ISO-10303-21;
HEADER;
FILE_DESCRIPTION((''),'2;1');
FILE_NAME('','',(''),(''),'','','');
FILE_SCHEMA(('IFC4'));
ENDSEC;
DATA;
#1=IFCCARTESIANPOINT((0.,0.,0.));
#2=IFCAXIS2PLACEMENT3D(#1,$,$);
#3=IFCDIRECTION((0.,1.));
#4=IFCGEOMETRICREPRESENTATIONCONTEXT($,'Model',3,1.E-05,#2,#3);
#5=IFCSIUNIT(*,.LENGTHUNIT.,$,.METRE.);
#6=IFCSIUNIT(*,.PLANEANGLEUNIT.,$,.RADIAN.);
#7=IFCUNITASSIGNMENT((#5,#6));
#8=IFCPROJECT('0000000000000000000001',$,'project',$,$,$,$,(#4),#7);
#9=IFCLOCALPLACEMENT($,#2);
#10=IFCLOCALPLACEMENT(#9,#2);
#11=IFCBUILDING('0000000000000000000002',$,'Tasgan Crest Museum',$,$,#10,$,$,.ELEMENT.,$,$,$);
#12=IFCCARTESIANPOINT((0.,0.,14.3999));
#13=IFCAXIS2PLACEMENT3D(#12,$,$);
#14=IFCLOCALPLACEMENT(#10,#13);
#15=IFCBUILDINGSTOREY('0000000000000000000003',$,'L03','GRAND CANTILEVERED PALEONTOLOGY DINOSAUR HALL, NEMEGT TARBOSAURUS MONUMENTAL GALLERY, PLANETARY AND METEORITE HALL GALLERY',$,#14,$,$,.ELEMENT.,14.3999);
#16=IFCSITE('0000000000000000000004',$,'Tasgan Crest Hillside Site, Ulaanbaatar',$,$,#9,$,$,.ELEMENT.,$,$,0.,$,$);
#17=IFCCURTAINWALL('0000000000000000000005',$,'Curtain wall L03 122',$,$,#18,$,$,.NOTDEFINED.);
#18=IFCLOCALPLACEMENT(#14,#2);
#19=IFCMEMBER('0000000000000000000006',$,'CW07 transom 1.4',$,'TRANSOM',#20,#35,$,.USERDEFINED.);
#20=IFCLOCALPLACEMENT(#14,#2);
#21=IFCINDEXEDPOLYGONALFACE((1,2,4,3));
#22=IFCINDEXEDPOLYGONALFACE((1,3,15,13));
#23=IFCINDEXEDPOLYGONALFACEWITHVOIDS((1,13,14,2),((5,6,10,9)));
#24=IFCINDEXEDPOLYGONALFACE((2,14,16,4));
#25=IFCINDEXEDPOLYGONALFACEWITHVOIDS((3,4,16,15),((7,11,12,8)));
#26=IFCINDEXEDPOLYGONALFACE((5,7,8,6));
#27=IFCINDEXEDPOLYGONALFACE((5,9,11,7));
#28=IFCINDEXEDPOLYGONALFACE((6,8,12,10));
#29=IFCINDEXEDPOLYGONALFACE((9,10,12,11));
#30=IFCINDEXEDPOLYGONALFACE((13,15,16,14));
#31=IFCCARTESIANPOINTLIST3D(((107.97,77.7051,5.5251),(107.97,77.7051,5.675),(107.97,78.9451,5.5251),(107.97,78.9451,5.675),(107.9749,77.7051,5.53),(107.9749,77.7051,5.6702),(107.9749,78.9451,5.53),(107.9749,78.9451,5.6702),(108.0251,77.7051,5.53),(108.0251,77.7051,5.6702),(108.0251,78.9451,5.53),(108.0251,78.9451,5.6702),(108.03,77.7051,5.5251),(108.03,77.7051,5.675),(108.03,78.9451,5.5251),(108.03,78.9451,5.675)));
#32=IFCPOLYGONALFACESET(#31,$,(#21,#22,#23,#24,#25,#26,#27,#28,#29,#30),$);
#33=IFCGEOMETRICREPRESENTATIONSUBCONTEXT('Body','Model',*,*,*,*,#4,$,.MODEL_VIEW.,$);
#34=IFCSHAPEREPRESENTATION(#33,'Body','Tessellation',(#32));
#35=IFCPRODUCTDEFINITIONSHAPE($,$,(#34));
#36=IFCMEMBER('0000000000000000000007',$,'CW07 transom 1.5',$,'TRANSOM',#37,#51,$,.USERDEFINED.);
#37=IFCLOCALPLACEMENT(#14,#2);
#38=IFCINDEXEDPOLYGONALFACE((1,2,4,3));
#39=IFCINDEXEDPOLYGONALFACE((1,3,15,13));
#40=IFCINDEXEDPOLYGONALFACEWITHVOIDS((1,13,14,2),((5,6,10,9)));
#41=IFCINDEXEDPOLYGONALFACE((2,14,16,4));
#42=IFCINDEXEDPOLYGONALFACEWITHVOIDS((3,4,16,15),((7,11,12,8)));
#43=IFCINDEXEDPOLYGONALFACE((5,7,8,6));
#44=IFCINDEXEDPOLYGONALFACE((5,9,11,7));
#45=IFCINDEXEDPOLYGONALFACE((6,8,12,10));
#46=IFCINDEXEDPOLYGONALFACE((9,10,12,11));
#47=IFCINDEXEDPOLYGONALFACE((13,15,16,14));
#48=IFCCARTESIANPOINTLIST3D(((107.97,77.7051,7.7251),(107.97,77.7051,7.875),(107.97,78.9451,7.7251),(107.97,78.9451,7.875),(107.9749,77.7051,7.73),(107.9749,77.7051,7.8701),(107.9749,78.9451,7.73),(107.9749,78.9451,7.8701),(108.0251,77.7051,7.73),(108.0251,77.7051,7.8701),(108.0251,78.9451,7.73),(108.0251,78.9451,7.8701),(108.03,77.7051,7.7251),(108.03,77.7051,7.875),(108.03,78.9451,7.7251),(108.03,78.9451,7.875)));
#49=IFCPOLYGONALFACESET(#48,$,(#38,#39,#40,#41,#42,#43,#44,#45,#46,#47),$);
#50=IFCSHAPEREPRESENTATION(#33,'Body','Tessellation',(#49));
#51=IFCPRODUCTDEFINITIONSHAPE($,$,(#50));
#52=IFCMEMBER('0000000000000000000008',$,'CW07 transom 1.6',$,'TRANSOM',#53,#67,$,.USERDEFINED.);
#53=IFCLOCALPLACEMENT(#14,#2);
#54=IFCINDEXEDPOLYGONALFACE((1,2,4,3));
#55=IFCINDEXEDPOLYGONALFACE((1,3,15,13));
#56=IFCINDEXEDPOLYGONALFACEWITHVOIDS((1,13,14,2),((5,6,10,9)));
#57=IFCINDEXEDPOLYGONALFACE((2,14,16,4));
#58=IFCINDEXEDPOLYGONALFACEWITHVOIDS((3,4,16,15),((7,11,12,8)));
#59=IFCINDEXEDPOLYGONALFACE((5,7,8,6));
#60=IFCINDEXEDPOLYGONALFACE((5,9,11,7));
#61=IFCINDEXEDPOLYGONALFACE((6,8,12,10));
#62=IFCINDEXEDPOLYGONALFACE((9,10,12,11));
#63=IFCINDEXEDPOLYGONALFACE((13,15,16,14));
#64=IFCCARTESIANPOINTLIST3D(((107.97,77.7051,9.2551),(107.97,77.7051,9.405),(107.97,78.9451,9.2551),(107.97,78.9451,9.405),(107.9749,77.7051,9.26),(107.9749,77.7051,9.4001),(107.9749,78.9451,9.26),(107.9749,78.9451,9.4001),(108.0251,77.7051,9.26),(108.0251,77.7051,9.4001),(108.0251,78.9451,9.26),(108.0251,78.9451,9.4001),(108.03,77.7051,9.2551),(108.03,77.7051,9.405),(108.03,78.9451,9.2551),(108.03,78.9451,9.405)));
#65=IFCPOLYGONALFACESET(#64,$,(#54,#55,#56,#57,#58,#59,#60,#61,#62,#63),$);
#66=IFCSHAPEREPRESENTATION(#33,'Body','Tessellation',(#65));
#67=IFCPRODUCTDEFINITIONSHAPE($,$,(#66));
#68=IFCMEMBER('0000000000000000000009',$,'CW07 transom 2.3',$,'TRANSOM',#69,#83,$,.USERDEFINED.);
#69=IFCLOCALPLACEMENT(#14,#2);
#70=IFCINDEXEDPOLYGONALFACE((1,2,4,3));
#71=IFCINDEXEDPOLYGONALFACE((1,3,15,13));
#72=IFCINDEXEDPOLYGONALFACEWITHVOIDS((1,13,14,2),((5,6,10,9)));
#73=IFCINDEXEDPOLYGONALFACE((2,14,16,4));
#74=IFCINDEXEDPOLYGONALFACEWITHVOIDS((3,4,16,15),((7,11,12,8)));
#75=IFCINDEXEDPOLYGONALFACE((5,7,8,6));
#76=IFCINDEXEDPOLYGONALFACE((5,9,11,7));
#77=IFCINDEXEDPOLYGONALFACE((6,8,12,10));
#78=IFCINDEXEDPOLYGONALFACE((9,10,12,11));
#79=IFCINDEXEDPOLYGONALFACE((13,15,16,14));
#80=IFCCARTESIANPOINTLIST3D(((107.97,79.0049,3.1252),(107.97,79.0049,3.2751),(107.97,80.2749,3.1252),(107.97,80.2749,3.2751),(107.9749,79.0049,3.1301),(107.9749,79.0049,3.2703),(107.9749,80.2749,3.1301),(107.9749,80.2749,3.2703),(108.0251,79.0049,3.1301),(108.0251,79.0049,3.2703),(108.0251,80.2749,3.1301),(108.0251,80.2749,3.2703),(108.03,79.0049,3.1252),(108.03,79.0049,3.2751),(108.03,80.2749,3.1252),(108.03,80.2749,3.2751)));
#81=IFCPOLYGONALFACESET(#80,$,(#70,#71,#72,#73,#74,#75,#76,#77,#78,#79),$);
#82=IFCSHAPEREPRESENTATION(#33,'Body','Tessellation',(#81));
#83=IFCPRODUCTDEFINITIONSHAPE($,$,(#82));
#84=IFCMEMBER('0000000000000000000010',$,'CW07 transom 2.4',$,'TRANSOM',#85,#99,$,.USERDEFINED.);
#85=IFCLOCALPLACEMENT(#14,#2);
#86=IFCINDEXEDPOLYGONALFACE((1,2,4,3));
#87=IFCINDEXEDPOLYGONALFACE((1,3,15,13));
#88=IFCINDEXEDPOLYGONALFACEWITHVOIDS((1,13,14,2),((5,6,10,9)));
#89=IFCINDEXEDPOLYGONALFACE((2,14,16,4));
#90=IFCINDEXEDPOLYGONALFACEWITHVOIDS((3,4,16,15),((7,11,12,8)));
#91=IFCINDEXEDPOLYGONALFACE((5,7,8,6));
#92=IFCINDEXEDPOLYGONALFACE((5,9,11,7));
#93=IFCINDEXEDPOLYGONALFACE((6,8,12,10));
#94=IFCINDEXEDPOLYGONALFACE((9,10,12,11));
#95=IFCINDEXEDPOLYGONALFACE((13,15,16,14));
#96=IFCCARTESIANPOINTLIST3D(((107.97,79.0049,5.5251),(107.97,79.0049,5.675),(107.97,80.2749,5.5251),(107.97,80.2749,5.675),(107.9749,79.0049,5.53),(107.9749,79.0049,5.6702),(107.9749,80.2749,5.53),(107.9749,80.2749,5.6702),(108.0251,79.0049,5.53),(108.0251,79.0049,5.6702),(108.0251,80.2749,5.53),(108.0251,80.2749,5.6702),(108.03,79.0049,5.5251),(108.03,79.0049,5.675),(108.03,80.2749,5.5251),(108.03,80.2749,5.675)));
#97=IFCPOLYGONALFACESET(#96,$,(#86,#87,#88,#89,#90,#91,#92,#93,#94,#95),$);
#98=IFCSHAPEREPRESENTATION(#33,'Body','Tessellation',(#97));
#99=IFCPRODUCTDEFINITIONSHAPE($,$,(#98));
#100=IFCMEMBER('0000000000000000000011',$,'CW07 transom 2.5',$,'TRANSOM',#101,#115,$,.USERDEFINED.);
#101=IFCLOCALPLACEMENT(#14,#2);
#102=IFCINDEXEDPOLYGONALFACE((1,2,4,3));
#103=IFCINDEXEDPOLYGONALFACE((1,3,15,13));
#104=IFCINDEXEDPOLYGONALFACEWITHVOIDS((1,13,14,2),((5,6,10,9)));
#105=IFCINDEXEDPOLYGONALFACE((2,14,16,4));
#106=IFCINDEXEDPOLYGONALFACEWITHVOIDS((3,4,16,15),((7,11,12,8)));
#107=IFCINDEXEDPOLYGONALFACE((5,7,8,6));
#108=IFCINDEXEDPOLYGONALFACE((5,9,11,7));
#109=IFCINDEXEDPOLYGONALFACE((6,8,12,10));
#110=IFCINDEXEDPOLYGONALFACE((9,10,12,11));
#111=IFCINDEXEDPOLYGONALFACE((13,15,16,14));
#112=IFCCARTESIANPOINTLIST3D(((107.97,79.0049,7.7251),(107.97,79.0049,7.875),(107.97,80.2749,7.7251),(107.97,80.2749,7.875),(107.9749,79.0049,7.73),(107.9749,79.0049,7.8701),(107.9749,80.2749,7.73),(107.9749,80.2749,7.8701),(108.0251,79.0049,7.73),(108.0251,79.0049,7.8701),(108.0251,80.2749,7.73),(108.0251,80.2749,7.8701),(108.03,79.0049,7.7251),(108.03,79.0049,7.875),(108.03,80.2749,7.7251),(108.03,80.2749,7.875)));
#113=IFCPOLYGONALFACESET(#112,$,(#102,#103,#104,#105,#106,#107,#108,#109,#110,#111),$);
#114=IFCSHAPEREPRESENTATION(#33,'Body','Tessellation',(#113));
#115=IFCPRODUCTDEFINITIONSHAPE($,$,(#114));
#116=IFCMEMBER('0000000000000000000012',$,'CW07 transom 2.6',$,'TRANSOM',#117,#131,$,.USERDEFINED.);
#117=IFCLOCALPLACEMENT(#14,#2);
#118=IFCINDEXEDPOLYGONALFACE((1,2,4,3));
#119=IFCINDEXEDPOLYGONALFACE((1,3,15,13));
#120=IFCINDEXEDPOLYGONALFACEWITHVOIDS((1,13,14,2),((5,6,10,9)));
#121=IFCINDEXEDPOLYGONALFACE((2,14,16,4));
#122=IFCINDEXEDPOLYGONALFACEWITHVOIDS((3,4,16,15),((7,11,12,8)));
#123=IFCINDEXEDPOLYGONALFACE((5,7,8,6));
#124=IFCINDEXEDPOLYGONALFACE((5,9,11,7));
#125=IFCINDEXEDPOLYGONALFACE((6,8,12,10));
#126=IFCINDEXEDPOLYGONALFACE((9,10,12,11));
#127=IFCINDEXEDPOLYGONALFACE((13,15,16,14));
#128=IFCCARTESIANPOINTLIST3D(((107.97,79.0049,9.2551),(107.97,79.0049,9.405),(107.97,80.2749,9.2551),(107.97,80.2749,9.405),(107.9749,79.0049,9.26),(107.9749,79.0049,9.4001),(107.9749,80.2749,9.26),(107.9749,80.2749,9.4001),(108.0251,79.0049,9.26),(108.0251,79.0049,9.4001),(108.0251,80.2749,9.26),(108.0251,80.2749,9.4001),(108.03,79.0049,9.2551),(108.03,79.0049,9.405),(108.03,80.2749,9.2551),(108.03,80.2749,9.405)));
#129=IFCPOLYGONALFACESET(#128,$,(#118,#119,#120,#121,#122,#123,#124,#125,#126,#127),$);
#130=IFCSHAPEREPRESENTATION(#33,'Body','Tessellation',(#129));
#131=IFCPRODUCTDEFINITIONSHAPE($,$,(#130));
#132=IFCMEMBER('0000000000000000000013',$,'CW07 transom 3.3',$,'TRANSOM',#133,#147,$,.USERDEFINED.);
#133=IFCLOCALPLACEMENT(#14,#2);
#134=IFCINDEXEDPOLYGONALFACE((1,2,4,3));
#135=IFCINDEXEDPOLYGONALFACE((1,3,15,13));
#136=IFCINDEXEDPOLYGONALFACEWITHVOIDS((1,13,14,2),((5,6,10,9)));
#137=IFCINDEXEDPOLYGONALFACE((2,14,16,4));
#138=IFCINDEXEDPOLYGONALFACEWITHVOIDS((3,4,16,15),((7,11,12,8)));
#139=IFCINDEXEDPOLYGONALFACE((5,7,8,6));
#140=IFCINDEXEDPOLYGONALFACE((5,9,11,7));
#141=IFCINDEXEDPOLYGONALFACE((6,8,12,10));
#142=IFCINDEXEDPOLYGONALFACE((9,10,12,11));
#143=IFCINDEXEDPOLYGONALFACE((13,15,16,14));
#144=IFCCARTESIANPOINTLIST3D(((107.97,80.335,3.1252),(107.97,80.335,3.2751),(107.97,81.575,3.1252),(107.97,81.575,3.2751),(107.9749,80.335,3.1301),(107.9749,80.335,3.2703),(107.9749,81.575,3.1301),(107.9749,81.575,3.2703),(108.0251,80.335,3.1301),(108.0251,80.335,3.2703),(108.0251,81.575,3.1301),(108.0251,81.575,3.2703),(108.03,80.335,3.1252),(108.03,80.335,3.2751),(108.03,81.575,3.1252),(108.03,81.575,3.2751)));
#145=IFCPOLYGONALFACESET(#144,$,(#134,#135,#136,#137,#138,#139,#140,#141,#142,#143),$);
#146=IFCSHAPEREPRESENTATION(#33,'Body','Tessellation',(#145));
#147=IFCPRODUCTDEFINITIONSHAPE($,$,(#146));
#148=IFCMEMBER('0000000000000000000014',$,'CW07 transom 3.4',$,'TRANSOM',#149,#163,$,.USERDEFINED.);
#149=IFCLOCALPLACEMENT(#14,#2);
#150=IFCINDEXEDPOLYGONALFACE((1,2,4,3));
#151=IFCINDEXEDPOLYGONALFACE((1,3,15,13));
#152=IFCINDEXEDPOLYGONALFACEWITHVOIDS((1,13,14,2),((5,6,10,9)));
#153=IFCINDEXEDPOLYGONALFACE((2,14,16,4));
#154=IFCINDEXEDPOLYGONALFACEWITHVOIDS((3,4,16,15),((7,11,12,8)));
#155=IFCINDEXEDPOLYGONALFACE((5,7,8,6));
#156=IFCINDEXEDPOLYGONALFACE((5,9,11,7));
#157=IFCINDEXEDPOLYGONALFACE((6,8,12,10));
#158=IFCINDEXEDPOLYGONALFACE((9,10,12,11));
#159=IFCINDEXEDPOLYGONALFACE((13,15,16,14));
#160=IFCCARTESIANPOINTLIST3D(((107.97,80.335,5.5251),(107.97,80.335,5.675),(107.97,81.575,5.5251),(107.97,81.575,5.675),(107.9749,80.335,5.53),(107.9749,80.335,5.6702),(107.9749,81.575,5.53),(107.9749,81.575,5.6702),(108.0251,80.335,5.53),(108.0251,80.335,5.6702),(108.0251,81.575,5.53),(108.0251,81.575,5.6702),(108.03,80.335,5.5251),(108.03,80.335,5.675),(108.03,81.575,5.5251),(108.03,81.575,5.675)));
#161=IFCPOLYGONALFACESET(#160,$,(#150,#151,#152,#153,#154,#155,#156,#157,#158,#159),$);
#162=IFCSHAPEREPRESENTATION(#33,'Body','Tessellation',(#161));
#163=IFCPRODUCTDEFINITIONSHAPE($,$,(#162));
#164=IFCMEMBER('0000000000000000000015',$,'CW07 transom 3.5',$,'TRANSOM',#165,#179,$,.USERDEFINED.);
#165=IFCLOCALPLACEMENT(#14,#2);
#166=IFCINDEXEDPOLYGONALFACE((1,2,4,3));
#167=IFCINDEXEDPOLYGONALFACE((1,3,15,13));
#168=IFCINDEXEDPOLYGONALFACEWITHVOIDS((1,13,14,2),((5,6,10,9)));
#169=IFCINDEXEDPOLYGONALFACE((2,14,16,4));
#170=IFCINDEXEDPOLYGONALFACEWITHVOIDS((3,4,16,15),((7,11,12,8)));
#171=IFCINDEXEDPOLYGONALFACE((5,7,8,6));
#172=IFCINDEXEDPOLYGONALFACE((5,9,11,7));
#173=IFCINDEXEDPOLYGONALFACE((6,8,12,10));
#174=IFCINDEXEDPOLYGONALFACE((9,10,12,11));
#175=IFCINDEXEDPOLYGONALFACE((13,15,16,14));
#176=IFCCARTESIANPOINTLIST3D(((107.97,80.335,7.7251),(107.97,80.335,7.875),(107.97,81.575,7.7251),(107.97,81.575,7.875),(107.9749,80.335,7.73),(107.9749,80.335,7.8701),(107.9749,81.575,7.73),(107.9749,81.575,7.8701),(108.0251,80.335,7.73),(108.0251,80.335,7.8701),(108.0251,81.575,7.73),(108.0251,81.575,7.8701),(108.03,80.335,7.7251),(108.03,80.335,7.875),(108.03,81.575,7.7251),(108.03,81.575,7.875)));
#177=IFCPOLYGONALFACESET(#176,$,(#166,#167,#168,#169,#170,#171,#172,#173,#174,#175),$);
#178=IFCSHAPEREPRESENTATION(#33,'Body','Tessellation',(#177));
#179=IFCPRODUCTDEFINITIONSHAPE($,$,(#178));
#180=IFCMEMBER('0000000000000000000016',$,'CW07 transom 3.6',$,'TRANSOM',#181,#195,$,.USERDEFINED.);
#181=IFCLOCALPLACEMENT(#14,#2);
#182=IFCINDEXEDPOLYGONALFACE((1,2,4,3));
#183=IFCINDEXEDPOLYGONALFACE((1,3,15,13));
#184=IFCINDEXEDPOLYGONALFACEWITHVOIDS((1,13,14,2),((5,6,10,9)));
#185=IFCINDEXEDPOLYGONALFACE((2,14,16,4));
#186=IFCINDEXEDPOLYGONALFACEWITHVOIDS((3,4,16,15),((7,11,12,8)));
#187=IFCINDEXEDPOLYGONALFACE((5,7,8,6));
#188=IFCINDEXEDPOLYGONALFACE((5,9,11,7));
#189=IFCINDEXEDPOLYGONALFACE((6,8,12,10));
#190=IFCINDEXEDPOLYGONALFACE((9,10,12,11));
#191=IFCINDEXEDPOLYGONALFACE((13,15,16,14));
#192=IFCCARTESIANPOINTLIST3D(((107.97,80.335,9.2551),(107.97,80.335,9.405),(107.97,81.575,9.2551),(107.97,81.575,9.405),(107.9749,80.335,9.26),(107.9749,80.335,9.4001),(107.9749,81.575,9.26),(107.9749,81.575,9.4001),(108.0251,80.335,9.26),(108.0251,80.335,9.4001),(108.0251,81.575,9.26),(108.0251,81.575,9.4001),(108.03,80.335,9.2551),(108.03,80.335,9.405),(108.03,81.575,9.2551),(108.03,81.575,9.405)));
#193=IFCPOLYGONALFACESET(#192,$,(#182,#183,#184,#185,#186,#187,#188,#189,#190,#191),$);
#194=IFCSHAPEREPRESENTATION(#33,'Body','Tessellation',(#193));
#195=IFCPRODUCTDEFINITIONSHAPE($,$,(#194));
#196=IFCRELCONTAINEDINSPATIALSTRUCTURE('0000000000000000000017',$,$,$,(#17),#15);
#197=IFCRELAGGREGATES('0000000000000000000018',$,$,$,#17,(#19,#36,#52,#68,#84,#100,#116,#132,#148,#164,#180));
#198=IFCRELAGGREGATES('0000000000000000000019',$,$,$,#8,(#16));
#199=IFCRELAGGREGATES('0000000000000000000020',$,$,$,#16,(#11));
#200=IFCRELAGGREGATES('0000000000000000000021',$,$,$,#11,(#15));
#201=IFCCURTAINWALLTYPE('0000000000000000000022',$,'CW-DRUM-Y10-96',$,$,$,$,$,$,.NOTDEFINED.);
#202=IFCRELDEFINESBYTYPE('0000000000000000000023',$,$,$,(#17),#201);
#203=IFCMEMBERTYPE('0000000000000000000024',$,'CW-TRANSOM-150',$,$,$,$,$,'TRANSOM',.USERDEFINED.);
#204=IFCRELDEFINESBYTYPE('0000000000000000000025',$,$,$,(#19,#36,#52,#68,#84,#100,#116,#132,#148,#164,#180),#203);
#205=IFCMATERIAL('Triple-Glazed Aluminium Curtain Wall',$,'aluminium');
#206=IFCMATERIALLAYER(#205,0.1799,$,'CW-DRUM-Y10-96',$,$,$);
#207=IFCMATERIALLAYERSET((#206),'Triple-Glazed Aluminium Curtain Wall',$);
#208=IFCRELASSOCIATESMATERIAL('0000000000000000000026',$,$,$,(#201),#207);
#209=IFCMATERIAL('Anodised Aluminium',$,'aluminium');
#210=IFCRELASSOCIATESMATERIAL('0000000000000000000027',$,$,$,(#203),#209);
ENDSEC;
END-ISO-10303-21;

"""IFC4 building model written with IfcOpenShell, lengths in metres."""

from ifc_helpers import new_model, si_unit, direction, frame, origin, origin_2d, place, context, subcontext, project, spatial, hollow_rectangle, extrude, material, layer, layer_set, material_profile, profile_set, type_object, element, aggregate, save


model = new_model("IFC4")

# Units and contexts
model_context = context("Model", 3, precision=1e-05, world=origin(), true_north=direction((0.0, 1.0)))
body_context = subcontext(model_context, "Body", "Model", "MODEL_VIEW")
ifc_project = project(units=[si_unit("LENGTHUNIT", "METRE"), si_unit("PLANEANGLEUNIT", "RADIAN")], contexts=[model_context])

# Site, building, storey
site_placement = place(None, origin())
site = spatial("IfcSite", under=ifc_project, at=site_placement, Name="Tasgan Crest Hillside Site, Ulaanbaatar", CompositionType="ELEMENT", RefElevation=0.0)
building_placement = place(site_placement, origin())
building = spatial("IfcBuilding", under=site, at=building_placement, Name="Tasgan Crest Museum", CompositionType="ELEMENT")
storey_placement = place(building_placement, frame((0.0, 0.0, 14.3999)))
storey = spatial("IfcBuildingStorey", under=building, at=storey_placement, Name="L03", Description="GRAND CANTILEVERED PALEONTOLOGY DINOSAUR HALL, NEMEGT TARBOSAURUS MONUMENTAL GALLERY, PLANETARY AND METEORITE HALL GALLERY", CompositionType="ELEMENT", Elevation=14.3999)

# Curtain wall, members
ifc_material_1 = material(Name="Triple-Glazed Aluminium Curtain Wall", Category="aluminium")
ifc_layer_1 = layer(ifc_material_1, 0.1799, Name="CW-DRUM-Y10-96")
ifc_layer_set_1 = layer_set([ifc_layer_1], Name="Triple-Glazed Aluminium Curtain Wall")
curtain_wall_type = type_object("IfcCurtainWallType", Name="CW-DRUM-Y10-96", PredefinedType="NOTDEFINED", material=ifc_layer_set_1)
curtain_wall_1_placement = place(storey_placement, origin())
curtain_wall_1 = element("IfcCurtainWall", 1, at=curtain_wall_1_placement, inside=storey, type_object=curtain_wall_type, Name="Curtain wall L03 122", PredefinedType="NOTDEFINED")
ifc_material_2 = material(Name="Anodised Aluminium", Category="aluminium")
ifc_material_profile = material_profile(ifc_material_2, hollow_rectangle(XDim=0.0601, YDim=0.1499, WallThickness=0.0049, at=origin_2d()), Name="ALU TRANSOM 150x60x5")
ifc_profile_set = profile_set([ifc_material_profile], Name="Anodised Aluminium")
member_type = type_object("IfcMemberType", Name="CW-TRANSOM-150", ElementType="TRANSOM", PredefinedType="USERDEFINED", material=ifc_profile_set)
member_1_placement = place(storey_placement, frame((108.0, 77.7051, 5.6001), z_axis=(0.0, 1.0, 0.0), x_axis=(-1.0, 0.0, 0.0)))
member_1 = element("IfcMember", 2, at=member_1_placement, type_object=member_type, Name="CW07 transom 1.4", ObjectType="TRANSOM", PredefinedType="USERDEFINED", context=body_context, shape_type="SweptSolid", body=[
    extrude(hollow_rectangle(XDim=0.0601, YDim=0.1499, WallThickness=0.0049, at=origin_2d()), origin(), (0.0, 0.0, 1.0), 1.24),
])
member_2_placement = place(storey_placement, frame((108.0, 77.7051, 7.8), z_axis=(0.0, 1.0, 0.0), x_axis=(-1.0, 0.0, 0.0)))
member_2 = element("IfcMember", 3, at=member_2_placement, type_object=member_type, Name="CW07 transom 1.5", ObjectType="TRANSOM", PredefinedType="USERDEFINED", context=body_context, shape_type="SweptSolid", body=[
    extrude(hollow_rectangle(XDim=0.0601, YDim=0.1499, WallThickness=0.0049, at=origin_2d()), origin(), (0.0, 0.0, 1.0), 1.24),
])
member_3_placement = place(storey_placement, frame((108.0, 77.7051, 9.3301), z_axis=(0.0, 1.0, 0.0), x_axis=(-1.0, 0.0, 0.0)))
member_3 = element("IfcMember", 4, at=member_3_placement, type_object=member_type, Name="CW07 transom 1.6", ObjectType="TRANSOM", PredefinedType="USERDEFINED", context=body_context, shape_type="SweptSolid", body=[
    extrude(hollow_rectangle(XDim=0.0601, YDim=0.1499, WallThickness=0.0049, at=origin_2d()), origin(), (0.0, 0.0, 1.0), 1.24),
])
member_4_placement = place(storey_placement, frame((108.0, 79.0049, 3.2002), z_axis=(0.0, 1.0, 0.0), x_axis=(-1.0, 0.0, 0.0)))
member_4 = element("IfcMember", 5, at=member_4_placement, type_object=member_type, Name="CW07 transom 2.3", ObjectType="TRANSOM", PredefinedType="USERDEFINED", context=body_context, shape_type="SweptSolid", body=[
    extrude(hollow_rectangle(XDim=0.0601, YDim=0.1499, WallThickness=0.0049, at=origin_2d()), origin(), (0.0, 0.0, 1.0), 1.27),
])
member_5_placement = place(storey_placement, frame((108.0, 79.0049, 5.6001), z_axis=(0.0, 1.0, 0.0), x_axis=(-1.0, 0.0, 0.0)))
member_5 = element("IfcMember", 6, at=member_5_placement, type_object=member_type, Name="CW07 transom 2.4", ObjectType="TRANSOM", PredefinedType="USERDEFINED", context=body_context, shape_type="SweptSolid", body=[
    extrude(hollow_rectangle(XDim=0.0601, YDim=0.1499, WallThickness=0.0049, at=origin_2d()), origin(), (0.0, 0.0, 1.0), 1.27),
])
member_6_placement = place(storey_placement, frame((108.0, 79.0049, 7.8), z_axis=(0.0, 1.0, 0.0), x_axis=(-1.0, 0.0, 0.0)))
member_6 = element("IfcMember", 7, at=member_6_placement, type_object=member_type, Name="CW07 transom 2.5", ObjectType="TRANSOM", PredefinedType="USERDEFINED", context=body_context, shape_type="SweptSolid", body=[
    extrude(hollow_rectangle(XDim=0.0601, YDim=0.1499, WallThickness=0.0049, at=origin_2d()), origin(), (0.0, 0.0, 1.0), 1.27),
])
member_7_placement = place(storey_placement, frame((108.0, 79.0049, 9.3301), z_axis=(0.0, 1.0, 0.0), x_axis=(-1.0, 0.0, 0.0)))
member_7 = element("IfcMember", 8, at=member_7_placement, type_object=member_type, Name="CW07 transom 2.6", ObjectType="TRANSOM", PredefinedType="USERDEFINED", context=body_context, shape_type="SweptSolid", body=[
    extrude(hollow_rectangle(XDim=0.0601, YDim=0.1499, WallThickness=0.0049, at=origin_2d()), origin(), (0.0, 0.0, 1.0), 1.27),
])
member_8_placement = place(storey_placement, frame((108.0, 80.335, 3.2002), z_axis=(0.0, 1.0, 0.0), x_axis=(-1.0, 0.0, 0.0)))
member_8 = element("IfcMember", 9, at=member_8_placement, type_object=member_type, Name="CW07 transom 3.3", ObjectType="TRANSOM", PredefinedType="USERDEFINED", context=body_context, shape_type="SweptSolid", body=[
    extrude(hollow_rectangle(XDim=0.0601, YDim=0.1499, WallThickness=0.0049, at=origin_2d()), origin(), (0.0, 0.0, 1.0), 1.24),
])
member_9_placement = place(storey_placement, frame((108.0, 80.335, 5.6001), z_axis=(0.0, 1.0, 0.0), x_axis=(-1.0, 0.0, 0.0)))
member_9 = element("IfcMember", 10, at=member_9_placement, type_object=member_type, Name="CW07 transom 3.4", ObjectType="TRANSOM", PredefinedType="USERDEFINED", context=body_context, shape_type="SweptSolid", body=[
    extrude(hollow_rectangle(XDim=0.0601, YDim=0.1499, WallThickness=0.0049, at=origin_2d()), origin(), (0.0, 0.0, 1.0), 1.24),
])
member_10_placement = place(storey_placement, frame((108.0, 80.335, 7.8), z_axis=(0.0, 1.0, 0.0), x_axis=(-1.0, 0.0, 0.0)))
member_10 = element("IfcMember", 11, at=member_10_placement, type_object=member_type, Name="CW07 transom 3.5", ObjectType="TRANSOM", PredefinedType="USERDEFINED", context=body_context, shape_type="SweptSolid", body=[
    extrude(hollow_rectangle(XDim=0.0601, YDim=0.1499, WallThickness=0.0049, at=origin_2d()), origin(), (0.0, 0.0, 1.0), 1.24),
])
member_11_placement = place(storey_placement, frame((108.0, 80.335, 9.3301), z_axis=(0.0, 1.0, 0.0), x_axis=(-1.0, 0.0, 0.0)))
member_11 = element("IfcMember", 12, at=member_11_placement, type_object=member_type, Name="CW07 transom 3.6", ObjectType="TRANSOM", PredefinedType="USERDEFINED", context=body_context, shape_type="SweptSolid", body=[
    extrude(hollow_rectangle(XDim=0.0601, YDim=0.1499, WallThickness=0.0049, at=origin_2d()), origin(), (0.0, 0.0, 1.0), 1.24),
])

aggregate(curtain_wall_1, [member_1, member_2, member_3, member_4, member_5, member_6, member_7, member_8, member_9, member_10, member_11])

save(model, "model.ifc")
